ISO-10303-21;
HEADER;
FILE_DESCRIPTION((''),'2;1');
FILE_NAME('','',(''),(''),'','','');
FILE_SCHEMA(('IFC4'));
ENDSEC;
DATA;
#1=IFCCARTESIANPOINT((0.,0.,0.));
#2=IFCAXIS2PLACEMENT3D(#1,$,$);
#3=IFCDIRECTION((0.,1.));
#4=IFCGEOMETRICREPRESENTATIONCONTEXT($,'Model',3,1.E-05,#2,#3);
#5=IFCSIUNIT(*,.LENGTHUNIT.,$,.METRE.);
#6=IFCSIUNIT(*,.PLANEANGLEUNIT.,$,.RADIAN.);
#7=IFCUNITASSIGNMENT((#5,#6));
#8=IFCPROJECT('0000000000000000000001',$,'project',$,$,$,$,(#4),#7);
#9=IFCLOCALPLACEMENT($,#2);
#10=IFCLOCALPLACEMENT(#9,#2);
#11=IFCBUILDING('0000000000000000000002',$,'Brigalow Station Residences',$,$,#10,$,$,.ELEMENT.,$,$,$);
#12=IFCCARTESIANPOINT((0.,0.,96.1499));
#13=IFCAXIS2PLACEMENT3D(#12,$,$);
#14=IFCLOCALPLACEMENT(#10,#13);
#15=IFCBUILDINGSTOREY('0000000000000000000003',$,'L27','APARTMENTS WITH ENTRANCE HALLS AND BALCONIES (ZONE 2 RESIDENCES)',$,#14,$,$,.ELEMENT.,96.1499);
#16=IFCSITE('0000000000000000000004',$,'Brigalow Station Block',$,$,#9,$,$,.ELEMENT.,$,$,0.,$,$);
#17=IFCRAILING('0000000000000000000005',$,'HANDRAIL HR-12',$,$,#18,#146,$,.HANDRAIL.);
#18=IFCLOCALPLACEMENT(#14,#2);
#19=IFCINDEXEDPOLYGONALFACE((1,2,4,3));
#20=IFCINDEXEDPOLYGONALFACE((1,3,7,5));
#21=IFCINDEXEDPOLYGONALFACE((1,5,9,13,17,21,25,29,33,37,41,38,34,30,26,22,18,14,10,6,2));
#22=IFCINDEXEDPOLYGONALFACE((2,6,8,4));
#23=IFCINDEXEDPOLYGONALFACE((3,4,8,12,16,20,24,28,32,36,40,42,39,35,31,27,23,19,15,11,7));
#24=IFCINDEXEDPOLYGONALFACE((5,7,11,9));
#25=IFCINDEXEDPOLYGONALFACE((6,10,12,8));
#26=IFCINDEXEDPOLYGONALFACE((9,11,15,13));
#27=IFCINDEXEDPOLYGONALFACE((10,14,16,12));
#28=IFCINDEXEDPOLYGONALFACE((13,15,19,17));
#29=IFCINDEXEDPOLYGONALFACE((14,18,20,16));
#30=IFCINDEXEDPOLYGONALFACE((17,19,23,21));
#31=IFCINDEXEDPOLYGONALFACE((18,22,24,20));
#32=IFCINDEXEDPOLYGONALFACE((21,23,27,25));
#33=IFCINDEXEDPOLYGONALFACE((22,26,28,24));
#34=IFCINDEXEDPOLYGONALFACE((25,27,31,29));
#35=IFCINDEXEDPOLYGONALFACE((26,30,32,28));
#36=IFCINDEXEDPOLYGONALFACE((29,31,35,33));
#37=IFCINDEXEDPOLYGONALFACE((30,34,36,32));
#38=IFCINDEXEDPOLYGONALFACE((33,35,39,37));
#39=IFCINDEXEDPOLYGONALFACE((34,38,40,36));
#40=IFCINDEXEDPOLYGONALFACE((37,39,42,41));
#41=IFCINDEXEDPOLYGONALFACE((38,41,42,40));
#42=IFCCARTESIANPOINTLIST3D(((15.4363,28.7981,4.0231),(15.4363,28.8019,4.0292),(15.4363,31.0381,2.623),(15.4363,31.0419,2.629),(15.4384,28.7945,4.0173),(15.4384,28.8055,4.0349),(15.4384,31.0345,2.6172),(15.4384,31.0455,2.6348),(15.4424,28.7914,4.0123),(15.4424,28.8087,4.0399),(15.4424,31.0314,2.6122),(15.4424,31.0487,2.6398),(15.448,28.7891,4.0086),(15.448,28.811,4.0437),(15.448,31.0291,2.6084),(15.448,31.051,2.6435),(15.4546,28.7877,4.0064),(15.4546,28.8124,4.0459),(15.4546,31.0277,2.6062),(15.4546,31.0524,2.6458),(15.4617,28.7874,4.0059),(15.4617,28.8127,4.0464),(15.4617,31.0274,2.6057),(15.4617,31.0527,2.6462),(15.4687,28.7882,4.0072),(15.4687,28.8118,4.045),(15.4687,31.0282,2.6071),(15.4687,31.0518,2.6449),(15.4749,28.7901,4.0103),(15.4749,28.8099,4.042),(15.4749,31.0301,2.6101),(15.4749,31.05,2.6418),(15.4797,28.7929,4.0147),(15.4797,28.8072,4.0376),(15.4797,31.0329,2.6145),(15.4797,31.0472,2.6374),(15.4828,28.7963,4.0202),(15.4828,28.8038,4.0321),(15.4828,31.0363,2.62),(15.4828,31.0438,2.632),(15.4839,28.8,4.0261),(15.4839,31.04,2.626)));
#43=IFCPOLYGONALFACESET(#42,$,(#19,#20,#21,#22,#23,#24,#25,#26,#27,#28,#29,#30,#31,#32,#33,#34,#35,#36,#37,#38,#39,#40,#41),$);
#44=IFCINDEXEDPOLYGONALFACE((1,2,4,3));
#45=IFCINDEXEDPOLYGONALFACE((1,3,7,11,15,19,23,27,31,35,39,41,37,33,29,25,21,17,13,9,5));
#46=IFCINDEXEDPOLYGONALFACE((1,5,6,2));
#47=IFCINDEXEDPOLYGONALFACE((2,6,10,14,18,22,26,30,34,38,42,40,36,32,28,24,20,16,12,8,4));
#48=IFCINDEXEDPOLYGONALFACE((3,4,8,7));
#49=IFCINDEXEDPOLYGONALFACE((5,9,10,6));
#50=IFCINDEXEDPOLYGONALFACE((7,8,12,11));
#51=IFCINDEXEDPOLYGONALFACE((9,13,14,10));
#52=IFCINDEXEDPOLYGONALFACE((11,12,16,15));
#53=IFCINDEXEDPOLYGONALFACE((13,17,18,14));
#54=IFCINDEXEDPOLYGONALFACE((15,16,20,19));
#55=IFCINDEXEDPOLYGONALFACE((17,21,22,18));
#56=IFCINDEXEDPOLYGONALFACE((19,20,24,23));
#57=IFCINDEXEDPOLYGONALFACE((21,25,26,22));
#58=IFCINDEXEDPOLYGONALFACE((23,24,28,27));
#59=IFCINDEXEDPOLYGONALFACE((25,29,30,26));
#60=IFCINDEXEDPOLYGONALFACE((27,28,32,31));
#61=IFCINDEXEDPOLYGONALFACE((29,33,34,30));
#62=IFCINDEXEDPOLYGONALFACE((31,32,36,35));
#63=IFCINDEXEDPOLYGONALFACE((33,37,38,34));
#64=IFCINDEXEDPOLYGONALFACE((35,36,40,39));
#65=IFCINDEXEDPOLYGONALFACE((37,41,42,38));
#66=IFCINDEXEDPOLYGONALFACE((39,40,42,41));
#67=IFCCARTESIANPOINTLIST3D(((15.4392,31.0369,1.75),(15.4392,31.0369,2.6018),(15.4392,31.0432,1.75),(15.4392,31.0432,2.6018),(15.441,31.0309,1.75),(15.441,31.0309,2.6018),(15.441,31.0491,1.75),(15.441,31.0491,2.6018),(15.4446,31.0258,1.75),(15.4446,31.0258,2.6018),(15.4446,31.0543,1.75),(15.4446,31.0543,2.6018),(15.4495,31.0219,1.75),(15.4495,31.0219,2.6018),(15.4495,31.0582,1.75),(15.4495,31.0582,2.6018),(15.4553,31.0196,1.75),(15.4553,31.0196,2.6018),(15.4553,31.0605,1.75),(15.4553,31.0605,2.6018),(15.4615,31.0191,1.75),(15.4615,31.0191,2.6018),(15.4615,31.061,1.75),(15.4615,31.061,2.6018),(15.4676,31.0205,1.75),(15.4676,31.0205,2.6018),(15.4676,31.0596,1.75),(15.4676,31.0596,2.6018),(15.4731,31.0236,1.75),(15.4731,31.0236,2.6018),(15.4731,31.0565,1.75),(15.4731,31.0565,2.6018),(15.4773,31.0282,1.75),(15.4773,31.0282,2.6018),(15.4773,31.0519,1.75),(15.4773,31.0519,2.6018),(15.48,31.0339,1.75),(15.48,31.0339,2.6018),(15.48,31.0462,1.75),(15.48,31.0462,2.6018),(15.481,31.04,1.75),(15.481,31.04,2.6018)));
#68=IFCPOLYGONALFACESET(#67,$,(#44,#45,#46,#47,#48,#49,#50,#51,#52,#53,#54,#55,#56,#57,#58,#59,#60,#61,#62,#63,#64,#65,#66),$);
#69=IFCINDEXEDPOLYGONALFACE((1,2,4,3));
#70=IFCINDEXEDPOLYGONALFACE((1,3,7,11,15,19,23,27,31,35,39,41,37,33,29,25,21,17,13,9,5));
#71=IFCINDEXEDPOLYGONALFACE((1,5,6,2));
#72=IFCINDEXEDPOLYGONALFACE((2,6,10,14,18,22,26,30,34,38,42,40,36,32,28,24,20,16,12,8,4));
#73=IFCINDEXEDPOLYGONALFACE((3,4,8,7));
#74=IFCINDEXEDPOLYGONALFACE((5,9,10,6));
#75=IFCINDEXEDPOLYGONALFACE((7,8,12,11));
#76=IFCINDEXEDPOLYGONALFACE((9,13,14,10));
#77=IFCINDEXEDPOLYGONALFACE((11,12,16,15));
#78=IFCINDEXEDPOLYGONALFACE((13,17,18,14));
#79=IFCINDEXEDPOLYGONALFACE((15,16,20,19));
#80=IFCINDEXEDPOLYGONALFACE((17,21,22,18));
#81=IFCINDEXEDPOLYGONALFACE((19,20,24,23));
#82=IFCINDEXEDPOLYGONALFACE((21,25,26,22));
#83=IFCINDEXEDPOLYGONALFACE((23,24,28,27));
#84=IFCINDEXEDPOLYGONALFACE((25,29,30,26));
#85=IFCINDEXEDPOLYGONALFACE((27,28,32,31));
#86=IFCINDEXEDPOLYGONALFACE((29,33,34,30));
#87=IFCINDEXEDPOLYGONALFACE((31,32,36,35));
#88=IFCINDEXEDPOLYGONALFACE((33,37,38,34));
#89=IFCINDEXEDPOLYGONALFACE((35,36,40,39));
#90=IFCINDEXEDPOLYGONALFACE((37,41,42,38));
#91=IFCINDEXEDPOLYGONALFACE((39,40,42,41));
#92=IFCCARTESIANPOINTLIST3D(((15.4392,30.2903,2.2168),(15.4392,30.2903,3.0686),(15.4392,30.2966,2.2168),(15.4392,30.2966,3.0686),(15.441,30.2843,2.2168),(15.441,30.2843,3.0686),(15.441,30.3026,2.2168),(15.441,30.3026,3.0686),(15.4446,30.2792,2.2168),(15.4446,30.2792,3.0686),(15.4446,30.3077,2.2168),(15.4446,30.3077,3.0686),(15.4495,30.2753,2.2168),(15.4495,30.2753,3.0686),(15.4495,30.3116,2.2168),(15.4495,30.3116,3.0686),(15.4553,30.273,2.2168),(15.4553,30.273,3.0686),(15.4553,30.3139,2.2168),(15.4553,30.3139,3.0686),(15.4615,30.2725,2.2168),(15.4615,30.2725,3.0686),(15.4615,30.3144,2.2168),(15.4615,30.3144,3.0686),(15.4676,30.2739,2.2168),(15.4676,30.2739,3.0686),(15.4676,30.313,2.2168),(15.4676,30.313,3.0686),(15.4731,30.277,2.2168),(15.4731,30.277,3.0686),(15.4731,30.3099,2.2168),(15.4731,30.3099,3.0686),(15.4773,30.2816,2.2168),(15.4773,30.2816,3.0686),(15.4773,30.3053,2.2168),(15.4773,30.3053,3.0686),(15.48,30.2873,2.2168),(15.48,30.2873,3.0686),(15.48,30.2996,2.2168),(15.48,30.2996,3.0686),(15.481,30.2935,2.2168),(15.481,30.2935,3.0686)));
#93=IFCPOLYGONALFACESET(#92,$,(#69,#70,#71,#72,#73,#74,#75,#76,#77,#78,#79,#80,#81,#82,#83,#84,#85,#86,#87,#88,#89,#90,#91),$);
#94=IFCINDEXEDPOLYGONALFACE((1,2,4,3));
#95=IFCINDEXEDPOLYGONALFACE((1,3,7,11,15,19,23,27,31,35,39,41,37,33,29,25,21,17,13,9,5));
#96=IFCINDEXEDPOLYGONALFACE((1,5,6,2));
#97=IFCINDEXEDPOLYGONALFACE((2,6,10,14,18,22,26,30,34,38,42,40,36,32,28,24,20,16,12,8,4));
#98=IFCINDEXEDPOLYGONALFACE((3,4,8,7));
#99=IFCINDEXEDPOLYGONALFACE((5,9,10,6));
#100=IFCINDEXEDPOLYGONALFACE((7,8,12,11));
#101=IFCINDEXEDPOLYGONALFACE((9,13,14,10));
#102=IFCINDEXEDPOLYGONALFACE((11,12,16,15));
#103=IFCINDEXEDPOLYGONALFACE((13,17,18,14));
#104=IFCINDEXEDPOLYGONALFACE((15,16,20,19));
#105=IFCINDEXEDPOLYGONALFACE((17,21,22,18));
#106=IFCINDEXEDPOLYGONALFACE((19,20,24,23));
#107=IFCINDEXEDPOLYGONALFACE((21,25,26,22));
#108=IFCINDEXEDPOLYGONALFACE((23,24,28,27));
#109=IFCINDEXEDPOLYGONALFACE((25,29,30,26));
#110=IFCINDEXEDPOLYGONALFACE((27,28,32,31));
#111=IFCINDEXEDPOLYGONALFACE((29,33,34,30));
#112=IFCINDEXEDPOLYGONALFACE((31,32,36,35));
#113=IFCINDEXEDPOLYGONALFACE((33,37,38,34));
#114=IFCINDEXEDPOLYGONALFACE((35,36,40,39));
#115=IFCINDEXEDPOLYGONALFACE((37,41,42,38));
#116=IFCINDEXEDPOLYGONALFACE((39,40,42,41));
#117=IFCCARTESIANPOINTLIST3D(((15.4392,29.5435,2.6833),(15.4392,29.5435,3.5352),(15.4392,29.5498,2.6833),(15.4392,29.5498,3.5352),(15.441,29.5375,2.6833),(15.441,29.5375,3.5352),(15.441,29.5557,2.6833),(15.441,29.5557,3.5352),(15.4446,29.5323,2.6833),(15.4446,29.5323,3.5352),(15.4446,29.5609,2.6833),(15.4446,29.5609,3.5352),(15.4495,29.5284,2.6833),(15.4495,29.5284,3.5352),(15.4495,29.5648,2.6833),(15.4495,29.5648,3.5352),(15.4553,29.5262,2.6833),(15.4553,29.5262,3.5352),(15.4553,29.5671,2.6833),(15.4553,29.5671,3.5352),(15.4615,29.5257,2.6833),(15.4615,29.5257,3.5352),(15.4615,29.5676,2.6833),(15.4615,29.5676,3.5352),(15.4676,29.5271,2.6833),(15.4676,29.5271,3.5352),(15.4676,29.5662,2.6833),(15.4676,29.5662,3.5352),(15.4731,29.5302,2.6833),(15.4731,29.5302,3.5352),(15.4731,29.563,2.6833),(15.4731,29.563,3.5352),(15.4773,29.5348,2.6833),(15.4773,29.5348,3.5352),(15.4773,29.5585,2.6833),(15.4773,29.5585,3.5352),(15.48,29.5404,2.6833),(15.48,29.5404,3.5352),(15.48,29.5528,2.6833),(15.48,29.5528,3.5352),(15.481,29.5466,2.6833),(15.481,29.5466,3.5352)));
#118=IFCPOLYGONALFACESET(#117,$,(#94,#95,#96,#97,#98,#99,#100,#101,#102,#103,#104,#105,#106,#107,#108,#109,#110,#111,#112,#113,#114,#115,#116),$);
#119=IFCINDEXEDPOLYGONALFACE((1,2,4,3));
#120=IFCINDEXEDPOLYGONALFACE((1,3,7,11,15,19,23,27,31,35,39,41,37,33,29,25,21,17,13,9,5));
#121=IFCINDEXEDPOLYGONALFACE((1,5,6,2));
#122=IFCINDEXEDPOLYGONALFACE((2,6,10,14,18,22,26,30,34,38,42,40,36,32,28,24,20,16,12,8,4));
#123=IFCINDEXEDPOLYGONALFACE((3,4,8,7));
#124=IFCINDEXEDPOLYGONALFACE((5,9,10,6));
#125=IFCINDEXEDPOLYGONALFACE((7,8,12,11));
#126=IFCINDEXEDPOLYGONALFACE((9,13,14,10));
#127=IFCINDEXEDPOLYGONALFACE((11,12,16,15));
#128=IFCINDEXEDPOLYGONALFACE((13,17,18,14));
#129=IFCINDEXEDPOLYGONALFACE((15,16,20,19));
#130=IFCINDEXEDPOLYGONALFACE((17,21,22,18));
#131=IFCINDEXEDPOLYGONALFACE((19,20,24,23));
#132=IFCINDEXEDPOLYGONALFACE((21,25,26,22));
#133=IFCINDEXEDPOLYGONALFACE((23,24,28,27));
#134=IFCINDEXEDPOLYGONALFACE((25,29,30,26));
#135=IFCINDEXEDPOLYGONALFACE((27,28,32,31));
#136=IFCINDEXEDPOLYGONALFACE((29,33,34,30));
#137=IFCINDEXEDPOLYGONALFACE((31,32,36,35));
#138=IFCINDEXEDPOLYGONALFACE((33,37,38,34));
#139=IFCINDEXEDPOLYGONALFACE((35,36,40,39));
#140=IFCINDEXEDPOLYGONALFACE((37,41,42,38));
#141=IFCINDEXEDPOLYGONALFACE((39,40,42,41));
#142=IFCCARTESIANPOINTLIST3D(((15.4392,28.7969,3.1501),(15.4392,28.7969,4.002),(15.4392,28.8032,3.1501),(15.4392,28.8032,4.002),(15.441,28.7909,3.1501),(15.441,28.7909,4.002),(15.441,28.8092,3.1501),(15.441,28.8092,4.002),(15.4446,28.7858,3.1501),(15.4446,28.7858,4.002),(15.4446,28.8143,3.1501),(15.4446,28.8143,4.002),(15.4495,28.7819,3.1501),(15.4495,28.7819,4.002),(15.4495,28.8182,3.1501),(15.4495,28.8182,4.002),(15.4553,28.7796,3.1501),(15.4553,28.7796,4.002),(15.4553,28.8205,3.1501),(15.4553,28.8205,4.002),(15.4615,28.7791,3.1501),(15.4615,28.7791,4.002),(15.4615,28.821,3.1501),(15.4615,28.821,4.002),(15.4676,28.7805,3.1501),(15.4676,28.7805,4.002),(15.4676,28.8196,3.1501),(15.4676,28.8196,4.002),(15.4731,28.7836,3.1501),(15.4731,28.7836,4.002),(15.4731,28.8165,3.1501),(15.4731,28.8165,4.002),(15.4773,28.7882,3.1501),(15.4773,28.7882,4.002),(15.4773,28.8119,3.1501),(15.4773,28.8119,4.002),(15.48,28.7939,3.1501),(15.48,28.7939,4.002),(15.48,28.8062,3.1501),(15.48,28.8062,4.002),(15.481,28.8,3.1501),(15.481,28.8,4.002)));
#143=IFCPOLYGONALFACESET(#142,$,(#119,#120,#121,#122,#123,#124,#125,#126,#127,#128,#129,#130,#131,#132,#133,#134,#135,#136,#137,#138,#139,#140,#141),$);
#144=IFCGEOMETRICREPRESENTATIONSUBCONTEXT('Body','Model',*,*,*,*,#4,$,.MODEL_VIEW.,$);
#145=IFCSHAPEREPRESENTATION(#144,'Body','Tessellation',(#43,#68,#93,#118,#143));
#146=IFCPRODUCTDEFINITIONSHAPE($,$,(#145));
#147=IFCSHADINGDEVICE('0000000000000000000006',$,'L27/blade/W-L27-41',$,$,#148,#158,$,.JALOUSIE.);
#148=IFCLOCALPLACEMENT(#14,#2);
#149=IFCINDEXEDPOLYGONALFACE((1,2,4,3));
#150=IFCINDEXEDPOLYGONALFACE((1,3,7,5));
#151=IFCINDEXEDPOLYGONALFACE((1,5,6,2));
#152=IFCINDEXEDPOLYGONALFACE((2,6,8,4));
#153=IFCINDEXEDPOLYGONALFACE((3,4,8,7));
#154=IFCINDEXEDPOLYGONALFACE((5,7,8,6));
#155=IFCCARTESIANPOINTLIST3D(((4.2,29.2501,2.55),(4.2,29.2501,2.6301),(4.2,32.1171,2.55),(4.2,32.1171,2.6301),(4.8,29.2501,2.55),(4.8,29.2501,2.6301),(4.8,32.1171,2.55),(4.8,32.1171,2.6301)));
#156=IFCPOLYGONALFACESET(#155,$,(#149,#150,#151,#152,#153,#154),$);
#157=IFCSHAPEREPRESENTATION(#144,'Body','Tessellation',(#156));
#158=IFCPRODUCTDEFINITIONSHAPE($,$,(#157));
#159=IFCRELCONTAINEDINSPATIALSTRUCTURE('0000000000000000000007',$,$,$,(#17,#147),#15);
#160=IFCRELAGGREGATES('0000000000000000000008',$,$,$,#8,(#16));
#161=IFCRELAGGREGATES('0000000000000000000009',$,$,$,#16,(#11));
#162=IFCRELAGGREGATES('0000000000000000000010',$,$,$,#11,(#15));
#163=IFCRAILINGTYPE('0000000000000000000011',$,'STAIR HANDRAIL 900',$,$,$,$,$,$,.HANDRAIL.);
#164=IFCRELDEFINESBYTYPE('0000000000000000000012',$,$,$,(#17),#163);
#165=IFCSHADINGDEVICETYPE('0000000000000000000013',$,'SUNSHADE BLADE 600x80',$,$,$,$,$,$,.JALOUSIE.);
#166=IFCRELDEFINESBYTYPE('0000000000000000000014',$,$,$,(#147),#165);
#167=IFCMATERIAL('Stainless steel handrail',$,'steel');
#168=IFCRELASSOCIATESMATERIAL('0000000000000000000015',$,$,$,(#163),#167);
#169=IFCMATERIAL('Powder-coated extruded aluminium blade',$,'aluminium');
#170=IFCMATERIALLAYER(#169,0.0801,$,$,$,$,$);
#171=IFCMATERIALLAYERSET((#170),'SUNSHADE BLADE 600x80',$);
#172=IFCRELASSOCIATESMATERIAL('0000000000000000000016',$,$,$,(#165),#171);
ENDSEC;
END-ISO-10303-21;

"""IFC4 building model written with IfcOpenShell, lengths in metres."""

from ifc_helpers import new_model, si_unit, direction, frame, origin, origin_2d, place, context, subcontext, project, spatial, rectangle, circle, extrude, material, layer, layer_set, type_object, element, save


model = new_model("IFC4")

# Units and contexts
model_context = context("Model", 3, precision=1e-05, world=origin(), true_north=direction((0.0, 1.0)))
body_context = subcontext(model_context, "Body", "Model", "MODEL_VIEW")
ifc_project = project(units=[si_unit("LENGTHUNIT", "METRE"), si_unit("PLANEANGLEUNIT", "RADIAN")], contexts=[model_context])

# Site, building, storey
site_placement = place(None, origin())
site = spatial("IfcSite", under=ifc_project, at=site_placement, Name="Brigalow Station Block", CompositionType="ELEMENT", RefElevation=0.0)
building_placement = place(site_placement, origin())
building = spatial("IfcBuilding", under=site, at=building_placement, Name="Brigalow Station Residences", CompositionType="ELEMENT")
storey_placement = place(building_placement, frame((0.0, 0.0, 96.1499)))
storey = spatial("IfcBuildingStorey", under=building, at=storey_placement, Name="L27", Description="APARTMENTS WITH ENTRANCE HALLS AND BALCONIES (ZONE 2 RESIDENCES)", CompositionType="ELEMENT", Elevation=96.1499)

# Railing
ifc_material_1 = material(Name="Stainless steel handrail", Category="steel")
railing_type_1 = type_object("IfcRailingType", Name="STAIR HANDRAIL 900", PredefinedType="HANDRAIL", material=ifc_material_1)
railing_1_placement = place(storey_placement, frame((15.46, 31.04, 1.75)))
element("IfcRailing", 1, at=railing_1_placement, inside=storey, type_object=railing_type_1, Name="HANDRAIL HR-12", PredefinedType="HANDRAIL", context=body_context, shape_type="SweptSolid", body=[
    extrude(circle(Radius=0.0239, at=origin_2d()), frame((0.0, 0.0, 0.876), z_axis=(0.0, -0.847972, 0.53004), x_axis=(1.0, 0.0, 0.0)), (0.0, 0.0, 1.0), 2.6416),
    extrude(circle(Radius=0.021, at=origin_2d()), origin(), (0.0, 0.0, 1.0), 0.8518),
    extrude(circle(Radius=0.021, at=origin_2d()), frame((0.0, -0.7466, 0.4668)), (0.0, 0.0, 1.0), 0.8518),
    extrude(circle(Radius=0.021, at=origin_2d()), frame((0.0, -1.4934, 0.9333)), (0.0, 0.0, 1.0), 0.8518),
    extrude(circle(Radius=0.021, at=origin_2d()), frame((0.0, -2.24, 1.4001)), (0.0, 0.0, 1.0), 0.8518),
])

# Shading device
ifc_material_2 = material(Name="Powder-coated extruded aluminium blade", Category="aluminium")
ifc_layer_1 = layer(ifc_material_2, 0.0801)
ifc_layer_set_1 = layer_set([ifc_layer_1], Name="SUNSHADE BLADE 600x80")
shading_device_type = type_object("IfcShadingDeviceType", Name="SUNSHADE BLADE 600x80", PredefinedType="JALOUSIE", material=ifc_layer_set_1)
shading_device_placement = place(storey_placement, frame((4.5, 30.6836, 2.55), z_axis=(0.0, 0.0, 1.0), x_axis=(0.0, -1.0, 0.0)))
element("IfcShadingDevice", 2, at=shading_device_placement, inside=storey, type_object=shading_device_type, Name="L27/blade/W-L27-41", PredefinedType="JALOUSIE", context=body_context, shape_type="SweptSolid", body=[
    extrude(rectangle(XDim=2.8669, YDim=0.6001, at=origin_2d()), origin(), (0.0, 0.0, 1.0), 0.0801),
])

save(model, "model.ifc")
